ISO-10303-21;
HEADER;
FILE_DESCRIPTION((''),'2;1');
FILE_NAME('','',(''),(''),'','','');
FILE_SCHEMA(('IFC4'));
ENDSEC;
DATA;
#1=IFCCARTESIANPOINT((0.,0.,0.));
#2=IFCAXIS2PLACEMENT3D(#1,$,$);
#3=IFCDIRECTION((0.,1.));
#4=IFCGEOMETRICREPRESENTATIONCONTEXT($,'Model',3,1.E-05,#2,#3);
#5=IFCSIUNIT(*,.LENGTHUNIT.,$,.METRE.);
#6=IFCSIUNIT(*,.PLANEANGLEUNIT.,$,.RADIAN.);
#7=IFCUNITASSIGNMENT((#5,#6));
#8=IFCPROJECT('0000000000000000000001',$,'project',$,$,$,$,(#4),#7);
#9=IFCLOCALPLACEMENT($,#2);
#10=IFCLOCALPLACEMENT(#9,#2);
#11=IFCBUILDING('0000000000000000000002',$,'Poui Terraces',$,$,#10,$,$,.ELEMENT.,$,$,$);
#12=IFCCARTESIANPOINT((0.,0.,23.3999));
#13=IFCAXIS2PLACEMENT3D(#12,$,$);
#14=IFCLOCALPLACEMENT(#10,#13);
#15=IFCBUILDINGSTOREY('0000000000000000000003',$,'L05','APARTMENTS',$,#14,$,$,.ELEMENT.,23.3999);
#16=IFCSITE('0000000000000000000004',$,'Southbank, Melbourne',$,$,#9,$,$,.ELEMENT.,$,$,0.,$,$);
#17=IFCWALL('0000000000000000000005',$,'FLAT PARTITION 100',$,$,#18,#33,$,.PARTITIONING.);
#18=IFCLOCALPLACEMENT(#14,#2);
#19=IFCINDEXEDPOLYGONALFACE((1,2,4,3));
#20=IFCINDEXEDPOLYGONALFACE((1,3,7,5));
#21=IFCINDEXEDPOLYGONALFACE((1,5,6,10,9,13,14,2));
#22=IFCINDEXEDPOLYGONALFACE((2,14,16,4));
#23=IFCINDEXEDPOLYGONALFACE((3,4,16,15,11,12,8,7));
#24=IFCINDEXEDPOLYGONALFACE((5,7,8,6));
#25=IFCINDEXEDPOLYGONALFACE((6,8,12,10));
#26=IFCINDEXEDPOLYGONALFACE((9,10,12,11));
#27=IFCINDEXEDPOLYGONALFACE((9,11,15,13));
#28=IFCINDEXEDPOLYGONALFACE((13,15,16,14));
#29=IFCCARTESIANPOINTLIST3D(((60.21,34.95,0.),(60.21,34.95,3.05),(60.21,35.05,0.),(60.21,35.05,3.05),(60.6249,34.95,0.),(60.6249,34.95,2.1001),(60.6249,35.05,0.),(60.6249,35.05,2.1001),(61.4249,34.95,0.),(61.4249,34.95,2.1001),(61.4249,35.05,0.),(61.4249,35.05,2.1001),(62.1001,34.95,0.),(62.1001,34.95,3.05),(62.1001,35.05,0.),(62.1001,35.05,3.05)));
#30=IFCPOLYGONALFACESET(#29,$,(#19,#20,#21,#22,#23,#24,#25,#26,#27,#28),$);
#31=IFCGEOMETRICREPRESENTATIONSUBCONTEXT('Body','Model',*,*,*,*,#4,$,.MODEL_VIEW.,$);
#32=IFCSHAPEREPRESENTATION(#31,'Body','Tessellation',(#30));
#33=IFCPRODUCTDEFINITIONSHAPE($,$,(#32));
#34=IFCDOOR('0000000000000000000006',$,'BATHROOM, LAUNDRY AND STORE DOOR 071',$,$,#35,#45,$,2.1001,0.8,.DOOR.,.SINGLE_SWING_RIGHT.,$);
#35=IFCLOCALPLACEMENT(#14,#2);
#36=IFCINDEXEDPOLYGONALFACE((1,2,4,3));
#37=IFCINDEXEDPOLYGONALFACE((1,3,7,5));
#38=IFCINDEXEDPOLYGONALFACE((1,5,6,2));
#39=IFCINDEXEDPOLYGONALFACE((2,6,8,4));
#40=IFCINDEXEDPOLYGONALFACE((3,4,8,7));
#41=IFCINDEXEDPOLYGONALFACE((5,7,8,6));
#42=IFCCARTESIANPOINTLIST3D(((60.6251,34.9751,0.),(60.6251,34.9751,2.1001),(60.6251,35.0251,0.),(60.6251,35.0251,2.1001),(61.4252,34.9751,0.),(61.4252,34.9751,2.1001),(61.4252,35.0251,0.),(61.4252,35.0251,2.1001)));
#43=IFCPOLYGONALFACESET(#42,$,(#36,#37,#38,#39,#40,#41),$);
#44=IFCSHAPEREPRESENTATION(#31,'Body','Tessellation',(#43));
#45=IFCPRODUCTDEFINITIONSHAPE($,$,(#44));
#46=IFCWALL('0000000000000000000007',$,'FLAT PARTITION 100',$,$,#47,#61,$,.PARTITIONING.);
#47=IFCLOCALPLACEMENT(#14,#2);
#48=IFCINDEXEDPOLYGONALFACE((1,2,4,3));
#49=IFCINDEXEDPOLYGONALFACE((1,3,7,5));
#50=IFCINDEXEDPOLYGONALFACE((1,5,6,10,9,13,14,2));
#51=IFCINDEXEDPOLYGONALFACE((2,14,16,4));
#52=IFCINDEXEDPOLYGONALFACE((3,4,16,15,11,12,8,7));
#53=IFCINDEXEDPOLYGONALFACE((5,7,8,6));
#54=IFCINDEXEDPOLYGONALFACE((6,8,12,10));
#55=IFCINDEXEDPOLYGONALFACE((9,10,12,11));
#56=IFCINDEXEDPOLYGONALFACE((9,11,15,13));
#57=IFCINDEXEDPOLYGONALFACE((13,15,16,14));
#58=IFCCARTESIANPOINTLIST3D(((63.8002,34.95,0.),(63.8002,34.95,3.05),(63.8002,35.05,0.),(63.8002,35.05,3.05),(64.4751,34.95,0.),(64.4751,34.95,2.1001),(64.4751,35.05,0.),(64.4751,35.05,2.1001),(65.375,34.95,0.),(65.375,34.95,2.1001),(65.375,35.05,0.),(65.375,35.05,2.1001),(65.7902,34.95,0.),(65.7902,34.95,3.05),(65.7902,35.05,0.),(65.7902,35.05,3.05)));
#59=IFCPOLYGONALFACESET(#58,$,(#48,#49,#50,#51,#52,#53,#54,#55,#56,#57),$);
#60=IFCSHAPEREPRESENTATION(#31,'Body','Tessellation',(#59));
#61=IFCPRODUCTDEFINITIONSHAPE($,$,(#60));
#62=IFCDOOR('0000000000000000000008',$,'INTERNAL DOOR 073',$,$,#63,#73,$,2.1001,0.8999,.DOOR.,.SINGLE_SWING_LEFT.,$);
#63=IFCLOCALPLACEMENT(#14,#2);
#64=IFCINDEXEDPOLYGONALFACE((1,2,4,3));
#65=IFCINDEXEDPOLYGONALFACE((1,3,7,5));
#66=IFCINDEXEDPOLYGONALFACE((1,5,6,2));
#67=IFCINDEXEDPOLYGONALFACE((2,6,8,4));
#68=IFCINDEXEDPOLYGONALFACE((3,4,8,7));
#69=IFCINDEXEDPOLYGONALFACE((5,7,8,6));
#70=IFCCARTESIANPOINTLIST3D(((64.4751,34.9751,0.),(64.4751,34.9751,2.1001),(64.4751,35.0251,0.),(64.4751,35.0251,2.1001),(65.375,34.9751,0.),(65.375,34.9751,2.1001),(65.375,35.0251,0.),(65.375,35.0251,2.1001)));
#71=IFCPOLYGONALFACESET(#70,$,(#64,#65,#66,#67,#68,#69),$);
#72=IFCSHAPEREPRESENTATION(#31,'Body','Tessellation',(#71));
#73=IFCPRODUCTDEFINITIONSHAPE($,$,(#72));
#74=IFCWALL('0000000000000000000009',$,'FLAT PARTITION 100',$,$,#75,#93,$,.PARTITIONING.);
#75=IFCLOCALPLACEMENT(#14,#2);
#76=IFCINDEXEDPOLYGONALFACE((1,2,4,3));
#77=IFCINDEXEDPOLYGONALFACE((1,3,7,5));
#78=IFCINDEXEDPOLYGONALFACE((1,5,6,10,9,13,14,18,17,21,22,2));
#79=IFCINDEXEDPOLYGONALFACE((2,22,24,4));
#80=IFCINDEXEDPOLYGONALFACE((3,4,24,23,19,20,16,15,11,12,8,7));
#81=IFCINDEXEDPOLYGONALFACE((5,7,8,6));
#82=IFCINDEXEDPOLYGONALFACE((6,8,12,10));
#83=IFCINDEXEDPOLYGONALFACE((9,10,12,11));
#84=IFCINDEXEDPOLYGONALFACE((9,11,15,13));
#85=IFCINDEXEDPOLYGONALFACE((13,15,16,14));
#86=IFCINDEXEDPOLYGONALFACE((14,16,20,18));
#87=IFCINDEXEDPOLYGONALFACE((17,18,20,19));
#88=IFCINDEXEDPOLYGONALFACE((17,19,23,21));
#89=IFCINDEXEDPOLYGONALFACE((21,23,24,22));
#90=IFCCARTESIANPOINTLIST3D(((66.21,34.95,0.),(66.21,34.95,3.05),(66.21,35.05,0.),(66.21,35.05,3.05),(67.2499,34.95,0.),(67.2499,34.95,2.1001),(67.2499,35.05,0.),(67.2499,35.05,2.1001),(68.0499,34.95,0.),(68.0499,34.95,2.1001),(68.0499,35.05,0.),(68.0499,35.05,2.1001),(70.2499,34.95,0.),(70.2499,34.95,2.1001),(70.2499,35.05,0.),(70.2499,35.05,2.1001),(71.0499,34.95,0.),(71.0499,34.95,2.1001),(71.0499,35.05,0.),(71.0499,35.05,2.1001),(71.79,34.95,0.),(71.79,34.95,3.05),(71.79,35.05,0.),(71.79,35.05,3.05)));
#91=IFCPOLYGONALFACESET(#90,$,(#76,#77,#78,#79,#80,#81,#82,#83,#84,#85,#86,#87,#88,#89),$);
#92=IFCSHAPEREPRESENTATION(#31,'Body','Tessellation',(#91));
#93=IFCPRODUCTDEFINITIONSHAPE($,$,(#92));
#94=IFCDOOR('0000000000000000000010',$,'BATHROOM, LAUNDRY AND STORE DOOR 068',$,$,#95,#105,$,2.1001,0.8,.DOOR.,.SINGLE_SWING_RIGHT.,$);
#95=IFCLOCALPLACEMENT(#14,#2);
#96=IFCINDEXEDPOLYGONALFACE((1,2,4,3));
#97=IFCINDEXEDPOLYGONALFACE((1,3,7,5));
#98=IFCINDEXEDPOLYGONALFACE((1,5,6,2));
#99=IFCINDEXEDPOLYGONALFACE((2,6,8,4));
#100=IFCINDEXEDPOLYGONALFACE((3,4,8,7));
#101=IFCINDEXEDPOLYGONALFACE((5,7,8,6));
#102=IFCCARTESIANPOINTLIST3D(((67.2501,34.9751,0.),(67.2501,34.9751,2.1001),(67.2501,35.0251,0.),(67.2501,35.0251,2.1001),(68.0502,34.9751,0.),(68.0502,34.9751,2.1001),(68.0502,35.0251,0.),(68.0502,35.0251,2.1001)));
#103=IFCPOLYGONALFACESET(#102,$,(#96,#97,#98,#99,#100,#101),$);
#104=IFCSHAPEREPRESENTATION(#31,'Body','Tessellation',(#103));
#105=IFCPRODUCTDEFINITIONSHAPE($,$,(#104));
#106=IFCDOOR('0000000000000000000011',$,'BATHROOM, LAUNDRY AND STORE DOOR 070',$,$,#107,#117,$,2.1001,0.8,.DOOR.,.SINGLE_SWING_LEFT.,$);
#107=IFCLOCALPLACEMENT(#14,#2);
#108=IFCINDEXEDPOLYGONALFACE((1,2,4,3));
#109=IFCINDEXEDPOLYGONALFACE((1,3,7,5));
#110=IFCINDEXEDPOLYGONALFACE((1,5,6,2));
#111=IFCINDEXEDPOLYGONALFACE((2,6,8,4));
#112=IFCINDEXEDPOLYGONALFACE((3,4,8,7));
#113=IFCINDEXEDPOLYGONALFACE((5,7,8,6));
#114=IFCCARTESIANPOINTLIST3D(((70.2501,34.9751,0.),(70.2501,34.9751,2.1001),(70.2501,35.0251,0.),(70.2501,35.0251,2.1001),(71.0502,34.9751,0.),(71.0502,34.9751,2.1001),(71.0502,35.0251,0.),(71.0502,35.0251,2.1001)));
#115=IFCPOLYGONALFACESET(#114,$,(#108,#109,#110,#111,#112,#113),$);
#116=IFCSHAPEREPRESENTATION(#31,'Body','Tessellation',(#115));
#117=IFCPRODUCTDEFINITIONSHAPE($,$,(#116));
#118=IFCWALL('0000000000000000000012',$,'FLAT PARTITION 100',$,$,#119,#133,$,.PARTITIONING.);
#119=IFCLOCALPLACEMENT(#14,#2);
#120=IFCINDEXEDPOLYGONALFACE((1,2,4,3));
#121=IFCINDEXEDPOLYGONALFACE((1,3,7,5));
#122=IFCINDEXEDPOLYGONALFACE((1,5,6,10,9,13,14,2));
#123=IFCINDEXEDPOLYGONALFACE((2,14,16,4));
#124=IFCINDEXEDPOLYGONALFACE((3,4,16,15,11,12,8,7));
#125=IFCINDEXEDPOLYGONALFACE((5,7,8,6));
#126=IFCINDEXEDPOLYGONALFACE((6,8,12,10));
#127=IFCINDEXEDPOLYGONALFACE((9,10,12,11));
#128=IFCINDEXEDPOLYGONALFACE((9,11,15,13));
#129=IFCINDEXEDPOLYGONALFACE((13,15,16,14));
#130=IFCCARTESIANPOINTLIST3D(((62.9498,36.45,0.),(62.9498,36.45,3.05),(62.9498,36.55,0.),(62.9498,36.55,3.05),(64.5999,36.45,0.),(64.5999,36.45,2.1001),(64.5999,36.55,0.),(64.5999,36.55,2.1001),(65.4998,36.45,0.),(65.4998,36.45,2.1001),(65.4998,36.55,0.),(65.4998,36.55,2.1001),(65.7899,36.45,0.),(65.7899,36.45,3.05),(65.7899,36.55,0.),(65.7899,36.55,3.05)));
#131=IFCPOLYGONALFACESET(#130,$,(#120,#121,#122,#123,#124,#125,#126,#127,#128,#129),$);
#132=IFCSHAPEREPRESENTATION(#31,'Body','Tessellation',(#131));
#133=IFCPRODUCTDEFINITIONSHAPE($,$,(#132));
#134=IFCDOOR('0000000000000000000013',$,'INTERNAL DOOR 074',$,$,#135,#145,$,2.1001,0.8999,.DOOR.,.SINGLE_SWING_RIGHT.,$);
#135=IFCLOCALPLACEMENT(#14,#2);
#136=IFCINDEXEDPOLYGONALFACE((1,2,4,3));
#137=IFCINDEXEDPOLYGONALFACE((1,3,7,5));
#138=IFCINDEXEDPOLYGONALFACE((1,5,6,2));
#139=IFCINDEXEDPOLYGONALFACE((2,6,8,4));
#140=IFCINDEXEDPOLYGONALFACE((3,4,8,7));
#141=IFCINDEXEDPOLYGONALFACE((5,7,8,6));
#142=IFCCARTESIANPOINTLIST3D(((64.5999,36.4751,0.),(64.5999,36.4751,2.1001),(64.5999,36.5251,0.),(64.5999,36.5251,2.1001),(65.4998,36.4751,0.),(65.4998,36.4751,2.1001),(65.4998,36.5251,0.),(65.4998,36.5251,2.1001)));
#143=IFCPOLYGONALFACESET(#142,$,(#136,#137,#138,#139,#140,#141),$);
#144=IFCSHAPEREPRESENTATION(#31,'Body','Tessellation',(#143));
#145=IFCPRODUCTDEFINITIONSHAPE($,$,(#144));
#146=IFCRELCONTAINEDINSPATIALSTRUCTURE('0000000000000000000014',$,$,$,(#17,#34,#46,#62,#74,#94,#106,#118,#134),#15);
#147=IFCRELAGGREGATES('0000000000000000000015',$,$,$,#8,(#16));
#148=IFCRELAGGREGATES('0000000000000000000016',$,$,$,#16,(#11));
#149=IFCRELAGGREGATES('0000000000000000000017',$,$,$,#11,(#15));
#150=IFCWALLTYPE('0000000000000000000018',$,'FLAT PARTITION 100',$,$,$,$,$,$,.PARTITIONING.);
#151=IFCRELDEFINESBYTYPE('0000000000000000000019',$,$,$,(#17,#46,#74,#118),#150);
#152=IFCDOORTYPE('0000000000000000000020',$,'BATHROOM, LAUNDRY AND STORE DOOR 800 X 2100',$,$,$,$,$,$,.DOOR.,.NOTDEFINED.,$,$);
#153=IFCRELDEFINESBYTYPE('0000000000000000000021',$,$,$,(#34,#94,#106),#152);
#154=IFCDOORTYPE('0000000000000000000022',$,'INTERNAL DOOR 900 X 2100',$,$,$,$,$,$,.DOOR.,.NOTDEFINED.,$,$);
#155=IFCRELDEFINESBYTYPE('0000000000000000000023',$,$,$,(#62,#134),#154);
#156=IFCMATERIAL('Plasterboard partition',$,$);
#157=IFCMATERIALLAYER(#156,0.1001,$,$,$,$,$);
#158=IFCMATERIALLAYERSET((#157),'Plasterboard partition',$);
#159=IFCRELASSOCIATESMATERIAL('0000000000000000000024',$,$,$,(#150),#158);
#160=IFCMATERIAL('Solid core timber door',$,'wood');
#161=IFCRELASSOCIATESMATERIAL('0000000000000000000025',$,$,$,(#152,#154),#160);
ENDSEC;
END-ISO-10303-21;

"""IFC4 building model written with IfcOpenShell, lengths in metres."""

from ifc_helpers import new_model, si_unit, direction, frame, frame_2d, origin, place, context, subcontext, project, spatial, rectangle, extrude, material, layer, layer_set, type_object, element, fill, save


model = new_model("IFC4")

# Units and contexts
model_context = context("Model", 3, precision=1e-05, world=origin(), true_north=direction((0.0, 1.0)))
body_context = subcontext(model_context, "Body", "Model", "MODEL_VIEW")
ifc_project = project(units=[si_unit("LENGTHUNIT", "METRE"), si_unit("PLANEANGLEUNIT", "RADIAN")], contexts=[model_context])

# Site, building, storey
site_placement = place(None, origin())
site = spatial("IfcSite", under=ifc_project, at=site_placement, Name="Southbank, Melbourne", CompositionType="ELEMENT", RefElevation=0.0)
building_placement = place(site_placement, origin())
building = spatial("IfcBuilding", under=site, at=building_placement, Name="Poui Terraces", CompositionType="ELEMENT")
storey_placement = place(building_placement, frame((0.0, 0.0, 23.3999)))
storey = spatial("IfcBuildingStorey", under=building, at=storey_placement, Name="L05", Description="APARTMENTS", CompositionType="ELEMENT", Elevation=23.3999)

# Walls, openings, doors
ifc_material_1 = material(Name="Plasterboard partition")
ifc_layer_1 = layer(ifc_material_1, 0.1001)
ifc_layer_set_1 = layer_set([ifc_layer_1], Name="Plasterboard partition")
wall_type_1 = type_object("IfcWallType", Name="FLAT PARTITION 100", PredefinedType="PARTITIONING", material=ifc_layer_set_1)
wall_1_placement = place(storey_placement, frame((60.21, 35.0, 0.0), z_axis=(0.0, 0.0, 1.0), x_axis=(1.0, 0.0, 0.0)))
wall_1 = element("IfcWall", 1, at=wall_1_placement, inside=storey, type_object=wall_type_1, Name="FLAT PARTITION 100", PredefinedType="PARTITIONING", context=body_context, shape_type="SweptSolid", body=[
    extrude(rectangle(XDim=1.8901, YDim=0.1001, at=frame_2d((0.9451, 0.0))), origin(), (0.0, 0.0, 1.0), 3.05),
])
opening_1_placement = place(wall_1_placement, frame((0.415, 0.0, 0.0)))
opening_1 = element("IfcOpeningElement", 2, at=opening_1_placement, cuts=wall_1, PredefinedType="OPENING", context=body_context, shape_type="SweptSolid", body=[
    extrude(rectangle(XDim=0.8, YDim=2.1001, at=frame_2d((0.3999, 1.05))), frame((0.0, 0.0601, 0.0), z_axis=(0.0, -1.0, 0.0), x_axis=(1.0, 0.0, 0.0)), (0.0, 0.0, 1.0), 0.1201),
])
ifc_material_2 = material(Name="Solid core timber door", Category="wood")
door_type_1 = type_object("IfcDoorType", Name="BATHROOM, LAUNDRY AND STORE DOOR 800 X 2100", OperationType="NOTDEFINED", PredefinedType="DOOR", material=ifc_material_2)
door_1_placement = place(opening_1_placement, frame((0.8, 0.0, 0.0), z_axis=(0.0, 0.0, 1.0), x_axis=(-1.0, 0.0, 0.0)))
door_1 = element("IfcDoor", 3, at=door_1_placement, inside=storey, type_object=door_type_1, Name="BATHROOM, LAUNDRY AND STORE DOOR 071", OperationType="SINGLE_SWING_RIGHT", OverallHeight=2.1001, OverallWidth=0.8, PredefinedType="DOOR", context=body_context, shape_type="SweptSolid", body=[
    extrude(rectangle(XDim=0.8, YDim=2.1001, at=frame_2d((0.3999, 1.05))), frame((0.0, 0.0249, 0.0), z_axis=(0.0, -1.0, 0.0), x_axis=(1.0, 0.0, 0.0)), (0.0, 0.0, 1.0), 0.05),
])
fill(opening_1, door_1)
wall_2_placement = place(storey_placement, frame((63.8, 35.0, 0.0), z_axis=(0.0, 0.0, 1.0), x_axis=(1.0, 0.0, 0.0)))
wall_2 = element("IfcWall", 4, at=wall_2_placement, inside=storey, type_object=wall_type_1, Name="FLAT PARTITION 100", PredefinedType="PARTITIONING", context=body_context, shape_type="SweptSolid", body=[
    extrude(rectangle(XDim=1.99, YDim=0.1001, at=frame_2d((0.9951, 0.0))), origin(), (0.0, 0.0, 1.0), 3.05),
])
opening_2_placement = place(wall_2_placement, frame((0.675, 0.0, 0.0)))
opening_2 = element("IfcOpeningElement", 5, at=opening_2_placement, cuts=wall_2, PredefinedType="OPENING", context=body_context, shape_type="SweptSolid", body=[
    extrude(rectangle(XDim=0.8999, YDim=2.1001, at=frame_2d((0.45, 1.05))), frame((0.0, 0.0601, 0.0), z_axis=(0.0, -1.0, 0.0), x_axis=(1.0, 0.0, 0.0)), (0.0, 0.0, 1.0), 0.1201),
])
door_type_2 = type_object("IfcDoorType", Name="INTERNAL DOOR 900 X 2100", OperationType="NOTDEFINED", PredefinedType="DOOR", material=ifc_material_2)
door_2_placement = place(opening_2_placement, frame((0.8999, 0.0, 0.0), z_axis=(0.0, 0.0, 1.0), x_axis=(-1.0, 0.0, 0.0)))
door_2 = element("IfcDoor", 6, at=door_2_placement, inside=storey, type_object=door_type_2, Name="INTERNAL DOOR 073", OperationType="SINGLE_SWING_LEFT", OverallHeight=2.1001, OverallWidth=0.8999, PredefinedType="DOOR", context=body_context, shape_type="SweptSolid", body=[
    extrude(rectangle(XDim=0.8999, YDim=2.1001, at=frame_2d((0.45, 1.05))), frame((0.0, 0.0249, 0.0), z_axis=(0.0, -1.0, 0.0), x_axis=(1.0, 0.0, 0.0)), (0.0, 0.0, 1.0), 0.05),
])
fill(opening_2, door_2)

# Wall, openings, doors
wall_3_placement = place(storey_placement, frame((66.21, 35.0, 0.0), z_axis=(0.0, 0.0, 1.0), x_axis=(1.0, 0.0, 0.0)))
wall_3 = element("IfcWall", 7, at=wall_3_placement, inside=storey, type_object=wall_type_1, Name="FLAT PARTITION 100", PredefinedType="PARTITIONING", context=body_context, shape_type="SweptSolid", body=[
    extrude(rectangle(XDim=5.5801, YDim=0.1001, at=frame_2d((2.79, 0.0))), origin(), (0.0, 0.0, 1.0), 3.05),
])
opening_3_placement = place(wall_3_placement, frame((1.04, 0.0, 0.0)))
opening_3 = element("IfcOpeningElement", 8, at=opening_3_placement, cuts=wall_3, PredefinedType="OPENING", context=body_context, shape_type="SweptSolid", body=[
    extrude(rectangle(XDim=0.8, YDim=2.1001, at=frame_2d((0.3999, 1.05))), frame((0.0, 0.0601, 0.0), z_axis=(0.0, -1.0, 0.0), x_axis=(1.0, 0.0, 0.0)), (0.0, 0.0, 1.0), 0.1201),
])
opening_4_placement = place(wall_3_placement, frame((4.04, 0.0, 0.0)))
opening_4 = element("IfcOpeningElement", 9, at=opening_4_placement, cuts=wall_3, PredefinedType="OPENING", context=body_context, shape_type="SweptSolid", body=[
    extrude(rectangle(XDim=0.8, YDim=2.1001, at=frame_2d((0.3999, 1.05))), frame((0.0, 0.0601, 0.0), z_axis=(0.0, -1.0, 0.0), x_axis=(1.0, 0.0, 0.0)), (0.0, 0.0, 1.0), 0.1201),
])
door_3_placement = place(opening_3_placement, frame((0.8, 0.0, 0.0), z_axis=(0.0, 0.0, 1.0), x_axis=(-1.0, 0.0, 0.0)))
door_3 = element("IfcDoor", 10, at=door_3_placement, inside=storey, type_object=door_type_1, Name="BATHROOM, LAUNDRY AND STORE DOOR 068", OperationType="SINGLE_SWING_RIGHT", OverallHeight=2.1001, OverallWidth=0.8, PredefinedType="DOOR", context=body_context, shape_type="SweptSolid", body=[
    extrude(rectangle(XDim=0.8, YDim=2.1001, at=frame_2d((0.3999, 1.05))), frame((0.0, 0.0249, 0.0), z_axis=(0.0, -1.0, 0.0), x_axis=(1.0, 0.0, 0.0)), (0.0, 0.0, 1.0), 0.05),
])
fill(opening_3, door_3)
door_4_placement = place(opening_4_placement, frame((0.8, 0.0, 0.0), z_axis=(0.0, 0.0, 1.0), x_axis=(-1.0, 0.0, 0.0)))
door_4 = element("IfcDoor", 11, at=door_4_placement, inside=storey, type_object=door_type_1, Name="BATHROOM, LAUNDRY AND STORE DOOR 070", OperationType="SINGLE_SWING_LEFT", OverallHeight=2.1001, OverallWidth=0.8, PredefinedType="DOOR", context=body_context, shape_type="SweptSolid", body=[
    extrude(rectangle(XDim=0.8, YDim=2.1001, at=frame_2d((0.3999, 1.05))), frame((0.0, 0.0249, 0.0), z_axis=(0.0, -1.0, 0.0), x_axis=(1.0, 0.0, 0.0)), (0.0, 0.0, 1.0), 0.05),
])
fill(opening_4, door_4)

# Wall, opening, door
wall_4_placement = place(storey_placement, frame((62.95, 36.5, 0.0), z_axis=(0.0, 0.0, 1.0), x_axis=(1.0, 0.0, 0.0)))
wall_4 = element("IfcWall", 12, at=wall_4_placement, inside=storey, type_object=wall_type_1, Name="FLAT PARTITION 100", PredefinedType="PARTITIONING", context=body_context, shape_type="SweptSolid", body=[
    extrude(rectangle(XDim=2.8401, YDim=0.1001, at=frame_2d((1.4199, 0.0))), origin(), (0.0, 0.0, 1.0), 3.05),
])
opening_5_placement = place(wall_4_placement, frame((1.6499, 0.0, 0.0)))
opening_5 = element("IfcOpeningElement", 13, at=opening_5_placement, cuts=wall_4, PredefinedType="OPENING", context=body_context, shape_type="SweptSolid", body=[
    extrude(rectangle(XDim=0.8999, YDim=2.1001, at=frame_2d((0.45, 1.05))), frame((0.0, 0.0601, 0.0), z_axis=(0.0, -1.0, 0.0), x_axis=(1.0, 0.0, 0.0)), (0.0, 0.0, 1.0), 0.1201),
])
door_5_placement = place(opening_5_placement, frame((0.8999, 0.0, 0.0), z_axis=(0.0, 0.0, 1.0), x_axis=(-1.0, 0.0, 0.0)))
door_5 = element("IfcDoor", 14, at=door_5_placement, inside=storey, type_object=door_type_2, Name="INTERNAL DOOR 074", OperationType="SINGLE_SWING_RIGHT", OverallHeight=2.1001, OverallWidth=0.8999, PredefinedType="DOOR", context=body_context, shape_type="SweptSolid", body=[
    extrude(rectangle(XDim=0.8999, YDim=2.1001, at=frame_2d((0.45, 1.05))), frame((0.0, 0.0249, 0.0), z_axis=(0.0, -1.0, 0.0), x_axis=(1.0, 0.0, 0.0)), (0.0, 0.0, 1.0), 0.05),
])
fill(opening_5, door_5)

save(model, "model.ifc")
